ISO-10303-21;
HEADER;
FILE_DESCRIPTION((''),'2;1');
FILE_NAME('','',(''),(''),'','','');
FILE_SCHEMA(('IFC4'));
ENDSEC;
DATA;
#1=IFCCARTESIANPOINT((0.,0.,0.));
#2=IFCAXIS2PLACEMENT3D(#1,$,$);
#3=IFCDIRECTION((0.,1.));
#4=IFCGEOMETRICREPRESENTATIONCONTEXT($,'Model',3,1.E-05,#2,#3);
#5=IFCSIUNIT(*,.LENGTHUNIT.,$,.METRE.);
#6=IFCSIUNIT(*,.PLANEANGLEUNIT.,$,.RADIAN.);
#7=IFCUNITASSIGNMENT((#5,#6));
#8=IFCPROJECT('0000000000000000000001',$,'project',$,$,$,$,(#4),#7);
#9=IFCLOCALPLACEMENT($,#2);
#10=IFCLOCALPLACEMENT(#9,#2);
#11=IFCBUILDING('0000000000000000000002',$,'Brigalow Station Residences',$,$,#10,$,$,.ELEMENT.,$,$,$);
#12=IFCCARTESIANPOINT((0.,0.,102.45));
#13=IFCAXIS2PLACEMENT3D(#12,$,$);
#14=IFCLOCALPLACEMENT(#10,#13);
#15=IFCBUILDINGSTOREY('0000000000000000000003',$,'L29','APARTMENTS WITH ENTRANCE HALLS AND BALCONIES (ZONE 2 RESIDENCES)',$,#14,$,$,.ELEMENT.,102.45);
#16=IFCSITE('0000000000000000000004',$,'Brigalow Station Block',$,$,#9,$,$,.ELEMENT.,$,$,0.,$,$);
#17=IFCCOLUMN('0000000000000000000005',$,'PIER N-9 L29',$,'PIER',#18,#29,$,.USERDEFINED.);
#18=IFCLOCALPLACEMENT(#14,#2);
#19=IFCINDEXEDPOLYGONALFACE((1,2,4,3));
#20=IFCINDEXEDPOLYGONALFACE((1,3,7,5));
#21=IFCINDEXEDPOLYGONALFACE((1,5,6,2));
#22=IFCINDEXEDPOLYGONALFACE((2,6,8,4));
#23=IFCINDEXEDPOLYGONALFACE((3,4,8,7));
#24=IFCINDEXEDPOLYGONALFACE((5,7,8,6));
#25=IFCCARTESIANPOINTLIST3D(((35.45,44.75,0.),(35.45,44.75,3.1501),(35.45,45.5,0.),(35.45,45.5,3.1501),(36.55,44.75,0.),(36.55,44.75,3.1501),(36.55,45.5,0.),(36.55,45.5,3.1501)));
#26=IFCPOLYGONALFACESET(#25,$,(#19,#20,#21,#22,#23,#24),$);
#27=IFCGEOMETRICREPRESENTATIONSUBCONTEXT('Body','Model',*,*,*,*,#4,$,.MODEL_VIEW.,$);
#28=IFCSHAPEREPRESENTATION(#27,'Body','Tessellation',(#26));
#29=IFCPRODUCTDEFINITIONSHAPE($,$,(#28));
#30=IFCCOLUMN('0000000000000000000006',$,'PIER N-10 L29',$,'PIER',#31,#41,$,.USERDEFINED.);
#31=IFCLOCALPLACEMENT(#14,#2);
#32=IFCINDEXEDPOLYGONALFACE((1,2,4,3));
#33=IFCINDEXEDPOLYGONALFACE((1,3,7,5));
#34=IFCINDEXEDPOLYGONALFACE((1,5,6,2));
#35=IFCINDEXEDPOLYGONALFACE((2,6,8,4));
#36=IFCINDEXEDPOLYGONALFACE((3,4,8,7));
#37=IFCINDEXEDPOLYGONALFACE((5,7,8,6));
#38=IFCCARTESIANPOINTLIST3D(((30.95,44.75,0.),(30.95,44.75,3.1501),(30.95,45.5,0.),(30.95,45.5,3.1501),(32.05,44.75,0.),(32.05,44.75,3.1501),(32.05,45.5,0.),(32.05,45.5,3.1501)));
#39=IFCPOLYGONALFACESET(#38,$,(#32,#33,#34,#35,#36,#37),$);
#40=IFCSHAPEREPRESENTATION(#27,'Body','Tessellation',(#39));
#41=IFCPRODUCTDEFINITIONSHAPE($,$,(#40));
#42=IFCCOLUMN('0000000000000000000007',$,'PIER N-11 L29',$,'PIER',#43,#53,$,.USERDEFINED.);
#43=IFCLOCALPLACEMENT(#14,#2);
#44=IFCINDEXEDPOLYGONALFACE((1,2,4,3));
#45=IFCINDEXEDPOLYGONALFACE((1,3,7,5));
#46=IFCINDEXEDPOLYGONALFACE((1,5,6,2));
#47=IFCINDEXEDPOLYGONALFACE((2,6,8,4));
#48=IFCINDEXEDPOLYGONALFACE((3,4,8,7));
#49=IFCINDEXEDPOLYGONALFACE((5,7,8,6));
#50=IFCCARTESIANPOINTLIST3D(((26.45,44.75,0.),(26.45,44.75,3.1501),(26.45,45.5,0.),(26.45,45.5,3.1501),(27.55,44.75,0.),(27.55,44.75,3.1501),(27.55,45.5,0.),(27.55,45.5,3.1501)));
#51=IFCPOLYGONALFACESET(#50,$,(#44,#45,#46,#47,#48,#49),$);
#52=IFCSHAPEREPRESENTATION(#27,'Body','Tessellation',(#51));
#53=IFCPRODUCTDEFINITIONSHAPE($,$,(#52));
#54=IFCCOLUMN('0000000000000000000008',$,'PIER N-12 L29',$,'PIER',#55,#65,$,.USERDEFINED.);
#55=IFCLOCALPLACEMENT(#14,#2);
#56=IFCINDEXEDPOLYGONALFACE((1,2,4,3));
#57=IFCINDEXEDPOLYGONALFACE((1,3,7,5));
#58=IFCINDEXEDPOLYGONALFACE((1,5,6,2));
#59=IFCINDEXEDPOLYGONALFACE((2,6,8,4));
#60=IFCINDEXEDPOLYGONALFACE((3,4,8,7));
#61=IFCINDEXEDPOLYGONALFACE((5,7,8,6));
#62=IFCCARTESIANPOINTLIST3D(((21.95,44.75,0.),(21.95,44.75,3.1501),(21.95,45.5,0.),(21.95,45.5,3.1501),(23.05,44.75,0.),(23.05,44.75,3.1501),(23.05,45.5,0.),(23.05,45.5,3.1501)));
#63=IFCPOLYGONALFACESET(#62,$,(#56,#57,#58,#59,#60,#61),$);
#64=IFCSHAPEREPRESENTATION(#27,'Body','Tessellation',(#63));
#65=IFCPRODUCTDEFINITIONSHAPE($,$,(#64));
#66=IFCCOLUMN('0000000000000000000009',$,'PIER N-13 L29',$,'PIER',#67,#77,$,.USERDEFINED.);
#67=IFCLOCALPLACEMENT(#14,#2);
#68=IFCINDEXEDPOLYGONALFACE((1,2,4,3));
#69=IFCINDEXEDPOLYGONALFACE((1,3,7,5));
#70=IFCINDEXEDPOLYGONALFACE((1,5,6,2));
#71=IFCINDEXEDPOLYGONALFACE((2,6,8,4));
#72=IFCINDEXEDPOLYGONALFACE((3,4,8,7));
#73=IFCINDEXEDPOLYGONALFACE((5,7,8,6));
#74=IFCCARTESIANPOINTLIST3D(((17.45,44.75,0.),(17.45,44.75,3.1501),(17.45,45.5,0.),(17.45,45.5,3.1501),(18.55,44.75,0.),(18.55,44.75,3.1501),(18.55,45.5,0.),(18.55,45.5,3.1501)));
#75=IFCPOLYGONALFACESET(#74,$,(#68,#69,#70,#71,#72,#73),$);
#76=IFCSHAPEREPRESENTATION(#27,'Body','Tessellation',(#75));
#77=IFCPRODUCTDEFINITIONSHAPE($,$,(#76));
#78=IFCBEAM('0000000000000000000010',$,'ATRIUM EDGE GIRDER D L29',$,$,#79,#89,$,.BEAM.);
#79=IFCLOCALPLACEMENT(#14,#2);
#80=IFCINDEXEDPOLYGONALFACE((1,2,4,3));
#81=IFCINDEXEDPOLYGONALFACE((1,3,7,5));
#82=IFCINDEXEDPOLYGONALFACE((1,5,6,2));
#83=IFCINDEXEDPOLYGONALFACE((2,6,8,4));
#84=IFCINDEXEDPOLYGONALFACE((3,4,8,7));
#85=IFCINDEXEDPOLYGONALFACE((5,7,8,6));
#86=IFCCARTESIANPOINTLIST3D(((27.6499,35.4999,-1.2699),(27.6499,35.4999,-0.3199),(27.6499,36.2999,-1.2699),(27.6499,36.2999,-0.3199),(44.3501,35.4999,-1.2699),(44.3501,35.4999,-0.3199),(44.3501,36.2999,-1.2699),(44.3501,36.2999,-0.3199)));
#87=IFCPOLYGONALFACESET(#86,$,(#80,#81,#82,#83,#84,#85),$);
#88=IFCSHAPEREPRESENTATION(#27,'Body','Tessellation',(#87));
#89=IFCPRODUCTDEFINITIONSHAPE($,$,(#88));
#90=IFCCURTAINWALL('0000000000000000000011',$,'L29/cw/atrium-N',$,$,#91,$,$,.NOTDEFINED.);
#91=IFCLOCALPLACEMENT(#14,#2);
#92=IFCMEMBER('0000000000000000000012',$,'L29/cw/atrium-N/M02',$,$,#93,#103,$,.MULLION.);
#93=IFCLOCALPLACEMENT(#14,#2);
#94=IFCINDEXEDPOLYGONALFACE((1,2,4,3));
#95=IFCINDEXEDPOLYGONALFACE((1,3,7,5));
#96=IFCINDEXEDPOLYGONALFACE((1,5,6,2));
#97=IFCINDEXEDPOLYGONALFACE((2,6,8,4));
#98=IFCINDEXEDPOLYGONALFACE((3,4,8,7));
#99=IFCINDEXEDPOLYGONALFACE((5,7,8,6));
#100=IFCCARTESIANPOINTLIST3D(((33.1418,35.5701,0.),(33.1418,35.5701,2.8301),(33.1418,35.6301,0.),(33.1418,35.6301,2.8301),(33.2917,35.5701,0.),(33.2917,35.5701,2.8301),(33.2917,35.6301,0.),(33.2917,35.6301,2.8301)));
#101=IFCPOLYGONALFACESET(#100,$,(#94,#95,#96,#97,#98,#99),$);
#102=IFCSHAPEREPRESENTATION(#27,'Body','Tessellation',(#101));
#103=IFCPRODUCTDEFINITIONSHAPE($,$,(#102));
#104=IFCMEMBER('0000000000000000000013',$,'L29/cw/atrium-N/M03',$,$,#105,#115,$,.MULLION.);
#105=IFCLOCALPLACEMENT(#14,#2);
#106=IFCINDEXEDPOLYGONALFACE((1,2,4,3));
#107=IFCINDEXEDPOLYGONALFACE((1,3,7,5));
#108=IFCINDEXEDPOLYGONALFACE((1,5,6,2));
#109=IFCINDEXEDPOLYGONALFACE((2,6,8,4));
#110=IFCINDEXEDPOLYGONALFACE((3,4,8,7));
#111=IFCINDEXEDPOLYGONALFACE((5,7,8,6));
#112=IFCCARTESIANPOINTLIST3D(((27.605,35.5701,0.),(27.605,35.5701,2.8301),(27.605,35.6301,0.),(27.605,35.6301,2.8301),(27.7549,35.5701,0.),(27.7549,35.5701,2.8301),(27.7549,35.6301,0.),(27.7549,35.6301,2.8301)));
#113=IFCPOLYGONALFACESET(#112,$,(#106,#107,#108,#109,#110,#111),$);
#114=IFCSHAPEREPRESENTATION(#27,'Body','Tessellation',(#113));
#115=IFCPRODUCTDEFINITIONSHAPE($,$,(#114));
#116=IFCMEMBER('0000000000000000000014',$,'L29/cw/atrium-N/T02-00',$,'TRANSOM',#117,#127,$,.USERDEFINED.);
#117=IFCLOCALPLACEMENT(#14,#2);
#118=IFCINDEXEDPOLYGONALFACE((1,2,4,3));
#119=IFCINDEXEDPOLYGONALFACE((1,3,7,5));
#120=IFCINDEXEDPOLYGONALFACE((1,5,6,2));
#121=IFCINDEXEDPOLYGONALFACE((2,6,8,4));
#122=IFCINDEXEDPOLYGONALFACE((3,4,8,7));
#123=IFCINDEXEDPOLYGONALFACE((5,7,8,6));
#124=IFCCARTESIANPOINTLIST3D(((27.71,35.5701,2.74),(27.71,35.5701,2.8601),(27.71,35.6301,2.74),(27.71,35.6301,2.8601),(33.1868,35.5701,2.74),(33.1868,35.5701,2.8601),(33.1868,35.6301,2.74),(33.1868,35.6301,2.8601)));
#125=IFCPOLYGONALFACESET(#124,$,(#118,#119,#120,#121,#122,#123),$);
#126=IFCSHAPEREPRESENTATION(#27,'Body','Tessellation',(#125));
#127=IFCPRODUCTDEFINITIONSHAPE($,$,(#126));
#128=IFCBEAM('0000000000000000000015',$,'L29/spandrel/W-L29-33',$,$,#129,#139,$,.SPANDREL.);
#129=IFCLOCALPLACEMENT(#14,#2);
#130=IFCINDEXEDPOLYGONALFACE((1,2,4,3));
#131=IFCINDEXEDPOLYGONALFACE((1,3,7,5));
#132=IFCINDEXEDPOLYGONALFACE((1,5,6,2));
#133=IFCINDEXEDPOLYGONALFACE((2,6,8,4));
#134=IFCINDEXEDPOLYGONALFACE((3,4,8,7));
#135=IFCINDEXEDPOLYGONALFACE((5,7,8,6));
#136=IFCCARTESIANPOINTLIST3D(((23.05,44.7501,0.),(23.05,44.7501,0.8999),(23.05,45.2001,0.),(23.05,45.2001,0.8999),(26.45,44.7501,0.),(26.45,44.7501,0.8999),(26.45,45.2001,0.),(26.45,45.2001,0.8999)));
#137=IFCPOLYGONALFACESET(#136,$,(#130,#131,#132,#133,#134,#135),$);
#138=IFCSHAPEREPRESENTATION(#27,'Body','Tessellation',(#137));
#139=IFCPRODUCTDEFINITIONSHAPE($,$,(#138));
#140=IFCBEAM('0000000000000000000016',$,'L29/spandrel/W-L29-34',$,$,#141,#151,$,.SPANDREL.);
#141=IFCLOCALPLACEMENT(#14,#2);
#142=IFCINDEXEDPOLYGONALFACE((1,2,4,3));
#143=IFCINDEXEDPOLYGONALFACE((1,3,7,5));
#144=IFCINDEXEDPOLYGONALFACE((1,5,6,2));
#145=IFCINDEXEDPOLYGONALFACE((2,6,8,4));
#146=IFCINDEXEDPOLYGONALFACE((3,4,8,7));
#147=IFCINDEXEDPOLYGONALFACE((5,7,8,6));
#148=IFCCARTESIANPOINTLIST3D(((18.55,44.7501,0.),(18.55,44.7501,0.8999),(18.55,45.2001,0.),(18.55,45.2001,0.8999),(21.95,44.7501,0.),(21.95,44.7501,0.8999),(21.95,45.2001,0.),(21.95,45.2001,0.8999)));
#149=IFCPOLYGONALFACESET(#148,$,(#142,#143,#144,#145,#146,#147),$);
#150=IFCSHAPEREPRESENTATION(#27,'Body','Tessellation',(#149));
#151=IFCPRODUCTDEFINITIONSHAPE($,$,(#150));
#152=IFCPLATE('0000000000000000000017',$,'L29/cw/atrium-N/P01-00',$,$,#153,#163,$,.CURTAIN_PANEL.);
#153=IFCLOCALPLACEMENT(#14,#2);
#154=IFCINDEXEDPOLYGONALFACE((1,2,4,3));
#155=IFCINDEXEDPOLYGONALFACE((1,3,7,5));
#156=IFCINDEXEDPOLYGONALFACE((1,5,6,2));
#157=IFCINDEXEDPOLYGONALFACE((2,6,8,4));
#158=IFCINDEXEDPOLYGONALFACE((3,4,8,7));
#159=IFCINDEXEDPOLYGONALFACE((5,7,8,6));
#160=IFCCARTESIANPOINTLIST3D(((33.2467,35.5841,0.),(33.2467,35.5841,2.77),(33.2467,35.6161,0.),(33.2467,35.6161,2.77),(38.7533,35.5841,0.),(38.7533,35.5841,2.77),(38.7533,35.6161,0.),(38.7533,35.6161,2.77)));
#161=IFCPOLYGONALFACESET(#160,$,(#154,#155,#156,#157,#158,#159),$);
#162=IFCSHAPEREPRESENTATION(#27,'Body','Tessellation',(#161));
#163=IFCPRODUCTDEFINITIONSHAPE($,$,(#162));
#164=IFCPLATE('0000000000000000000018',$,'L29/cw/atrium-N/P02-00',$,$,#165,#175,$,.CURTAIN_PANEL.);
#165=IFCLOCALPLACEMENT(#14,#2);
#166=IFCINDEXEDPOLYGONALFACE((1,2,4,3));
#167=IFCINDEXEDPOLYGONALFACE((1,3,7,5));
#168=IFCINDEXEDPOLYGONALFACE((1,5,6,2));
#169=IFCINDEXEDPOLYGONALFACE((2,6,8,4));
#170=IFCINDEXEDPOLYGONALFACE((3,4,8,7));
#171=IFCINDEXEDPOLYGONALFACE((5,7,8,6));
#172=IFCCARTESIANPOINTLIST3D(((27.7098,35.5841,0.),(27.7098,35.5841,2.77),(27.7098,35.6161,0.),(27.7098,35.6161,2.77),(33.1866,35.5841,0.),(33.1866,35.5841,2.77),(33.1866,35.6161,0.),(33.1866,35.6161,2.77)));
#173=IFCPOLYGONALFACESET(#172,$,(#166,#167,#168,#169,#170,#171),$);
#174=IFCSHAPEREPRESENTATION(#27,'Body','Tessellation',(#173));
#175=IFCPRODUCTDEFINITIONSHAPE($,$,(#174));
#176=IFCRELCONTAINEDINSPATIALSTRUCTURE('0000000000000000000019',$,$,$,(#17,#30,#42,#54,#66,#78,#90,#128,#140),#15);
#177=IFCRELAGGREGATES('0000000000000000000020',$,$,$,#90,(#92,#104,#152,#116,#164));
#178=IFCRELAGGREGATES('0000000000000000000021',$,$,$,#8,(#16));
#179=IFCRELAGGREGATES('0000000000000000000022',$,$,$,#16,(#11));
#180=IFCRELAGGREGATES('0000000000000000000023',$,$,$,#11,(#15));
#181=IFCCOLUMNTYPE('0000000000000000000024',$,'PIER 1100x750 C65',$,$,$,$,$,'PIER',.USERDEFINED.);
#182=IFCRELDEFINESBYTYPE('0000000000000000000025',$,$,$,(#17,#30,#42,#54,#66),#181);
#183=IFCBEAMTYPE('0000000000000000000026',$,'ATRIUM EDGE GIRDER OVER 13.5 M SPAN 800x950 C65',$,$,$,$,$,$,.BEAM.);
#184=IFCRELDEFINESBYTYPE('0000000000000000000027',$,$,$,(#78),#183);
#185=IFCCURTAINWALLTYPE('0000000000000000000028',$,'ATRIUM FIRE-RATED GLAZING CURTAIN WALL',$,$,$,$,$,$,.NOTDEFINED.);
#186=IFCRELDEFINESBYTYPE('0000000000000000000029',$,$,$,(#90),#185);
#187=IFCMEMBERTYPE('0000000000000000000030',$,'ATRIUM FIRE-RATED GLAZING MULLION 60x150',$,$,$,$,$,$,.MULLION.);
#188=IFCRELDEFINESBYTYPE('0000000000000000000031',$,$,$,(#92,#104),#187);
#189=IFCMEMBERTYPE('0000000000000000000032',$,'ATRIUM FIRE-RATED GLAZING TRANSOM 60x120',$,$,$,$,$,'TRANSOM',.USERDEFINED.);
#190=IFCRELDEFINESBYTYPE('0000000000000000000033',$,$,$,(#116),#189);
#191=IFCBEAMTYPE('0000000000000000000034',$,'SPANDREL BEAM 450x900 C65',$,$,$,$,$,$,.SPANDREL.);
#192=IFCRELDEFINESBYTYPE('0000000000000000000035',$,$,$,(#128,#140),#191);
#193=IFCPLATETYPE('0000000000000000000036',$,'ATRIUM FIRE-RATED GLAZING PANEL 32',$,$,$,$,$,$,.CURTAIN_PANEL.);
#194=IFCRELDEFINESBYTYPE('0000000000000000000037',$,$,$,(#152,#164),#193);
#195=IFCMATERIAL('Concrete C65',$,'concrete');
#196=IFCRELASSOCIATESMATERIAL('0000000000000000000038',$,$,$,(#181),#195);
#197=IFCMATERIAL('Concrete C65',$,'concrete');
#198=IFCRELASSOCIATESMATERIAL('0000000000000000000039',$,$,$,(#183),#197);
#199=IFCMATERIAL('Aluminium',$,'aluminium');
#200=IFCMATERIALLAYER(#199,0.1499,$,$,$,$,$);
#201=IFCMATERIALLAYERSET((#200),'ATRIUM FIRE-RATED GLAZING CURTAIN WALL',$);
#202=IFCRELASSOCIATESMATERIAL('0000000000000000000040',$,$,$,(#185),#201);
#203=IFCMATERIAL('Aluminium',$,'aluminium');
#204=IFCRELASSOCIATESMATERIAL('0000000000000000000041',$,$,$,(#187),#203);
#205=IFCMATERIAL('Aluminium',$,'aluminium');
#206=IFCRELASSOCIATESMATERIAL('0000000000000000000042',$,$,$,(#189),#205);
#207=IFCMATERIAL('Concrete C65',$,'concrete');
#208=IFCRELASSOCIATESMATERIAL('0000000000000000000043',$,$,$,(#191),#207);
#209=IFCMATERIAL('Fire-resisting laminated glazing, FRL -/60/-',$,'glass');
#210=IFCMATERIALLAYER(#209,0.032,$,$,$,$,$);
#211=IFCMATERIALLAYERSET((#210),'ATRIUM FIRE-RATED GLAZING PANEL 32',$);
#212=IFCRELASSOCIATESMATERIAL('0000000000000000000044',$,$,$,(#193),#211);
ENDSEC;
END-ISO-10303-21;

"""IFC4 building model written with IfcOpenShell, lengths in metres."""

from ifc_helpers import new_model, si_unit, direction, frame, origin, origin_2d, place, context, subcontext, project, spatial, rectangle, extrude, material, layer, layer_set, material_profile, profile_set, type_object, element, aggregate, save


model = new_model("IFC4")

# Units and contexts
model_context = context("Model", 3, precision=1e-05, world=origin(), true_north=direction((0.0, 1.0)))
body_context = subcontext(model_context, "Body", "Model", "MODEL_VIEW")
ifc_project = project(units=[si_unit("LENGTHUNIT", "METRE"), si_unit("PLANEANGLEUNIT", "RADIAN")], contexts=[model_context])

# Site, building, storey
site_placement = place(None, origin())
site = spatial("IfcSite", under=ifc_project, at=site_placement, Name="Brigalow Station Block", CompositionType="ELEMENT", RefElevation=0.0)
building_placement = place(site_placement, origin())
building = spatial("IfcBuilding", under=site, at=building_placement, Name="Brigalow Station Residences", CompositionType="ELEMENT")
storey_placement = place(building_placement, frame((0.0, 0.0, 102.45)))
storey = spatial("IfcBuildingStorey", under=building, at=storey_placement, Name="L29", Description="APARTMENTS WITH ENTRANCE HALLS AND BALCONIES (ZONE 2 RESIDENCES)", CompositionType="ELEMENT", Elevation=102.45)

# Columns
ifc_material_1 = material(Name="Concrete C65", Category="concrete")
ifc_material_profile_1 = material_profile(ifc_material_1, rectangle(XDim=1.1001, YDim=0.75, at=origin_2d()), Name="RC1100x750")
ifc_profile_set_1 = profile_set([ifc_material_profile_1], Name="Concrete C65")
column_type = type_object("IfcColumnType", Name="PIER 1100x750 C65", ElementType="PIER", PredefinedType="USERDEFINED", material=ifc_profile_set_1)
for number, where, z_axis, x_axis, name in (
    (1, (36.0, 45.125, 0.0), (0.0, 0.0, 1.0), (-1.0, 0.0, 0.0), "PIER N-9 L29"),
    (2, (31.5, 45.125, 0.0), (0.0, 0.0, 1.0), (-1.0, 0.0, 0.0), "PIER N-10 L29"),
    (3, (27.0, 45.125, 0.0), (0.0, 0.0, 1.0), (-1.0, 0.0, 0.0), "PIER N-11 L29"),
    (4, (22.5, 45.125, 0.0), (0.0, 0.0, 1.0), (-1.0, 0.0, 0.0), "PIER N-12 L29"),
    (5, (18.0, 45.125, 0.0), (0.0, 0.0, 1.0), (-1.0, 0.0, 0.0), "PIER N-13 L29"),
):
    element("IfcColumn", number, at=place(storey_placement, frame(where, z_axis=z_axis, x_axis=x_axis)), inside=storey, type_object=column_type, Name=name, ObjectType="PIER", PredefinedType="USERDEFINED", context=body_context, shape_type="SweptSolid", body=[
        extrude(rectangle(XDim=1.1001, YDim=0.75, at=origin_2d()), origin(), (0.0, 0.0, 1.0), 3.1501),
    ])

# Beam
ifc_material_2 = material(Name="Concrete C65", Category="concrete")
ifc_material_profile_2 = material_profile(ifc_material_2, rectangle(XDim=0.8, YDim=0.95, at=origin_2d()), Name="RC800x950")
ifc_profile_set_2 = profile_set([ifc_material_profile_2], Name="Concrete C65")
beam_type_1 = type_object("IfcBeamType", Name="ATRIUM EDGE GIRDER OVER 13.5 M SPAN 800x950 C65", PredefinedType="BEAM", material=ifc_profile_set_2)
beam_placement = place(storey_placement, frame((27.6499, 35.8999, -0.7949), z_axis=(1.0, 0.0, 0.0), x_axis=(0.0, 1.0, 0.0)))
element("IfcBeam", 6, at=beam_placement, inside=storey, type_object=beam_type_1, Name="ATRIUM EDGE GIRDER D L29", PredefinedType="BEAM", context=body_context, shape_type="SweptSolid", body=[
    extrude(rectangle(XDim=0.8, YDim=0.95, at=origin_2d()), origin(), (0.0, 0.0, 1.0), 16.7002),
])

# Curtain wall, members
ifc_material_3 = material(Name="Aluminium", Category="aluminium")
ifc_layer_1 = layer(ifc_material_3, 0.1499)
ifc_layer_set_1 = layer_set([ifc_layer_1], Name="ATRIUM FIRE-RATED GLAZING CURTAIN WALL")
curtain_wall_type = type_object("IfcCurtainWallType", Name="ATRIUM FIRE-RATED GLAZING CURTAIN WALL", PredefinedType="NOTDEFINED", material=ifc_layer_set_1)
curtain_wall_placement = place(storey_placement, origin())
curtain_wall = element("IfcCurtainWall", 7, at=curtain_wall_placement, inside=storey, type_object=curtain_wall_type, Name="L29/cw/atrium-N", PredefinedType="NOTDEFINED")
ifc_material_4 = material(Name="Aluminium", Category="aluminium")
ifc_material_profile_3 = material_profile(ifc_material_4, rectangle(XDim=0.0601, YDim=0.1499, at=origin_2d()), Name="ATRIUM FIRE-RATED GLAZING MULLION 60x150")
ifc_profile_set_3 = profile_set([ifc_material_profile_3], Name="Aluminium")
member_type_1 = type_object("IfcMemberType", Name="ATRIUM FIRE-RATED GLAZING MULLION 60x150", PredefinedType="MULLION", material=ifc_profile_set_3)
member_1_placement = place(storey_placement, frame((33.2168, 35.6001, 0.0), z_axis=(0.0, 0.0, 1.0), x_axis=(0.0, -1.0, 0.0)))
member_1 = element("IfcMember", 8, at=member_1_placement, type_object=member_type_1, Name="L29/cw/atrium-N/M02", PredefinedType="MULLION", context=body_context, shape_type="SweptSolid", body=[
    extrude(rectangle(XDim=0.0601, YDim=0.1499, at=origin_2d()), origin(), (0.0, 0.0, 1.0), 2.8301),
])
member_2_placement = place(storey_placement, frame((27.6799, 35.6001, 0.0), z_axis=(0.0, 0.0, 1.0), x_axis=(0.0, -1.0, 0.0)))
member_2 = element("IfcMember", 9, at=member_2_placement, type_object=member_type_1, Name="L29/cw/atrium-N/M03", PredefinedType="MULLION", context=body_context, shape_type="SweptSolid", body=[
    extrude(rectangle(XDim=0.0601, YDim=0.1499, at=origin_2d()), origin(), (0.0, 0.0, 1.0), 2.8301),
])
ifc_material_5 = material(Name="Aluminium", Category="aluminium")
ifc_material_profile_4 = material_profile(ifc_material_5, rectangle(XDim=0.0601, YDim=0.1201, at=origin_2d()), Name="ATRIUM FIRE-RATED GLAZING TRANSOM 60x120")
ifc_profile_set_4 = profile_set([ifc_material_profile_4], Name="Aluminium")
member_type_2 = type_object("IfcMemberType", Name="ATRIUM FIRE-RATED GLAZING TRANSOM 60x120", ElementType="TRANSOM", PredefinedType="USERDEFINED", material=ifc_profile_set_4)
member_3_placement = place(storey_placement, frame((33.1868, 35.6001, 2.8), z_axis=(-1.0, 0.0, 0.0), x_axis=(0.0, -1.0, 0.0)))
member_3 = element("IfcMember", 10, at=member_3_placement, type_object=member_type_2, Name="L29/cw/atrium-N/T02-00", ObjectType="TRANSOM", PredefinedType="USERDEFINED", context=body_context, shape_type="SweptSolid", body=[
    extrude(rectangle(XDim=0.0601, YDim=0.1201, at=origin_2d()), origin(), (0.0, 0.0, 1.0), 5.4768),
])

# Beams
ifc_material_6 = material(Name="Concrete C65", Category="concrete")
ifc_material_profile_5 = material_profile(ifc_material_6, rectangle(XDim=0.45, YDim=0.8999, at=origin_2d()), Name="RC450x900")
ifc_profile_set_5 = profile_set([ifc_material_profile_5], Name="Concrete C65")
beam_type_2 = type_object("IfcBeamType", Name="SPANDREL BEAM 450x900 C65", PredefinedType="SPANDREL", material=ifc_profile_set_5)
for number, where, z_axis, x_axis, name in (
    (11, (26.45, 44.9751, 0.45), (-1.0, 0.0, 0.0), (0.0, -1.0, 0.0), "L29/spandrel/W-L29-33"),
    (12, (21.95, 44.9751, 0.45), (-1.0, 0.0, 0.0), (0.0, -1.0, 0.0), "L29/spandrel/W-L29-34"),
):
    element("IfcBeam", number, at=place(storey_placement, frame(where, z_axis=z_axis, x_axis=x_axis)), inside=storey, type_object=beam_type_2, Name=name, PredefinedType="SPANDREL", context=body_context, shape_type="SweptSolid", body=[
        extrude(rectangle(XDim=0.45, YDim=0.8999, at=origin_2d()), origin(), (0.0, 0.0, 1.0), 3.3999),
    ])

# Plates
ifc_material_7 = material(Name="Fire-resisting laminated glazing, FRL -/60/-", Category="glass")
ifc_layer_2 = layer(ifc_material_7, 0.032)
ifc_layer_set_2 = layer_set([ifc_layer_2], Name="ATRIUM FIRE-RATED GLAZING PANEL 32")
plate_type = type_object("IfcPlateType", Name="ATRIUM FIRE-RATED GLAZING PANEL 32", PredefinedType="CURTAIN_PANEL", material=ifc_layer_set_2)
plate_1_placement = place(storey_placement, frame((36.0, 35.6001, 0.0), z_axis=(0.0, 0.0, 1.0), x_axis=(-1.0, 0.0, 0.0)))
plate_1 = element("IfcPlate", 13, at=plate_1_placement, type_object=plate_type, Name="L29/cw/atrium-N/P01-00", PredefinedType="CURTAIN_PANEL", context=body_context, shape_type="SweptSolid", body=[
    extrude(rectangle(XDim=5.5066, YDim=0.032, at=origin_2d()), origin(), (0.0, 0.0, 1.0), 2.77),
])
plate_2_placement = place(storey_placement, frame((30.4482, 35.6001, 0.0), z_axis=(0.0, 0.0, 1.0), x_axis=(-1.0, 0.0, 0.0)))
plate_2 = element("IfcPlate", 14, at=plate_2_placement, type_object=plate_type, Name="L29/cw/atrium-N/P02-00", PredefinedType="CURTAIN_PANEL", context=body_context, shape_type="SweptSolid", body=[
    extrude(rectangle(XDim=5.4768, YDim=0.032, at=origin_2d()), origin(), (0.0, 0.0, 1.0), 2.77),
])
aggregate(curtain_wall, [member_1, member_2, plate_1, member_3, plate_2])

save(model, "model.ifc")
